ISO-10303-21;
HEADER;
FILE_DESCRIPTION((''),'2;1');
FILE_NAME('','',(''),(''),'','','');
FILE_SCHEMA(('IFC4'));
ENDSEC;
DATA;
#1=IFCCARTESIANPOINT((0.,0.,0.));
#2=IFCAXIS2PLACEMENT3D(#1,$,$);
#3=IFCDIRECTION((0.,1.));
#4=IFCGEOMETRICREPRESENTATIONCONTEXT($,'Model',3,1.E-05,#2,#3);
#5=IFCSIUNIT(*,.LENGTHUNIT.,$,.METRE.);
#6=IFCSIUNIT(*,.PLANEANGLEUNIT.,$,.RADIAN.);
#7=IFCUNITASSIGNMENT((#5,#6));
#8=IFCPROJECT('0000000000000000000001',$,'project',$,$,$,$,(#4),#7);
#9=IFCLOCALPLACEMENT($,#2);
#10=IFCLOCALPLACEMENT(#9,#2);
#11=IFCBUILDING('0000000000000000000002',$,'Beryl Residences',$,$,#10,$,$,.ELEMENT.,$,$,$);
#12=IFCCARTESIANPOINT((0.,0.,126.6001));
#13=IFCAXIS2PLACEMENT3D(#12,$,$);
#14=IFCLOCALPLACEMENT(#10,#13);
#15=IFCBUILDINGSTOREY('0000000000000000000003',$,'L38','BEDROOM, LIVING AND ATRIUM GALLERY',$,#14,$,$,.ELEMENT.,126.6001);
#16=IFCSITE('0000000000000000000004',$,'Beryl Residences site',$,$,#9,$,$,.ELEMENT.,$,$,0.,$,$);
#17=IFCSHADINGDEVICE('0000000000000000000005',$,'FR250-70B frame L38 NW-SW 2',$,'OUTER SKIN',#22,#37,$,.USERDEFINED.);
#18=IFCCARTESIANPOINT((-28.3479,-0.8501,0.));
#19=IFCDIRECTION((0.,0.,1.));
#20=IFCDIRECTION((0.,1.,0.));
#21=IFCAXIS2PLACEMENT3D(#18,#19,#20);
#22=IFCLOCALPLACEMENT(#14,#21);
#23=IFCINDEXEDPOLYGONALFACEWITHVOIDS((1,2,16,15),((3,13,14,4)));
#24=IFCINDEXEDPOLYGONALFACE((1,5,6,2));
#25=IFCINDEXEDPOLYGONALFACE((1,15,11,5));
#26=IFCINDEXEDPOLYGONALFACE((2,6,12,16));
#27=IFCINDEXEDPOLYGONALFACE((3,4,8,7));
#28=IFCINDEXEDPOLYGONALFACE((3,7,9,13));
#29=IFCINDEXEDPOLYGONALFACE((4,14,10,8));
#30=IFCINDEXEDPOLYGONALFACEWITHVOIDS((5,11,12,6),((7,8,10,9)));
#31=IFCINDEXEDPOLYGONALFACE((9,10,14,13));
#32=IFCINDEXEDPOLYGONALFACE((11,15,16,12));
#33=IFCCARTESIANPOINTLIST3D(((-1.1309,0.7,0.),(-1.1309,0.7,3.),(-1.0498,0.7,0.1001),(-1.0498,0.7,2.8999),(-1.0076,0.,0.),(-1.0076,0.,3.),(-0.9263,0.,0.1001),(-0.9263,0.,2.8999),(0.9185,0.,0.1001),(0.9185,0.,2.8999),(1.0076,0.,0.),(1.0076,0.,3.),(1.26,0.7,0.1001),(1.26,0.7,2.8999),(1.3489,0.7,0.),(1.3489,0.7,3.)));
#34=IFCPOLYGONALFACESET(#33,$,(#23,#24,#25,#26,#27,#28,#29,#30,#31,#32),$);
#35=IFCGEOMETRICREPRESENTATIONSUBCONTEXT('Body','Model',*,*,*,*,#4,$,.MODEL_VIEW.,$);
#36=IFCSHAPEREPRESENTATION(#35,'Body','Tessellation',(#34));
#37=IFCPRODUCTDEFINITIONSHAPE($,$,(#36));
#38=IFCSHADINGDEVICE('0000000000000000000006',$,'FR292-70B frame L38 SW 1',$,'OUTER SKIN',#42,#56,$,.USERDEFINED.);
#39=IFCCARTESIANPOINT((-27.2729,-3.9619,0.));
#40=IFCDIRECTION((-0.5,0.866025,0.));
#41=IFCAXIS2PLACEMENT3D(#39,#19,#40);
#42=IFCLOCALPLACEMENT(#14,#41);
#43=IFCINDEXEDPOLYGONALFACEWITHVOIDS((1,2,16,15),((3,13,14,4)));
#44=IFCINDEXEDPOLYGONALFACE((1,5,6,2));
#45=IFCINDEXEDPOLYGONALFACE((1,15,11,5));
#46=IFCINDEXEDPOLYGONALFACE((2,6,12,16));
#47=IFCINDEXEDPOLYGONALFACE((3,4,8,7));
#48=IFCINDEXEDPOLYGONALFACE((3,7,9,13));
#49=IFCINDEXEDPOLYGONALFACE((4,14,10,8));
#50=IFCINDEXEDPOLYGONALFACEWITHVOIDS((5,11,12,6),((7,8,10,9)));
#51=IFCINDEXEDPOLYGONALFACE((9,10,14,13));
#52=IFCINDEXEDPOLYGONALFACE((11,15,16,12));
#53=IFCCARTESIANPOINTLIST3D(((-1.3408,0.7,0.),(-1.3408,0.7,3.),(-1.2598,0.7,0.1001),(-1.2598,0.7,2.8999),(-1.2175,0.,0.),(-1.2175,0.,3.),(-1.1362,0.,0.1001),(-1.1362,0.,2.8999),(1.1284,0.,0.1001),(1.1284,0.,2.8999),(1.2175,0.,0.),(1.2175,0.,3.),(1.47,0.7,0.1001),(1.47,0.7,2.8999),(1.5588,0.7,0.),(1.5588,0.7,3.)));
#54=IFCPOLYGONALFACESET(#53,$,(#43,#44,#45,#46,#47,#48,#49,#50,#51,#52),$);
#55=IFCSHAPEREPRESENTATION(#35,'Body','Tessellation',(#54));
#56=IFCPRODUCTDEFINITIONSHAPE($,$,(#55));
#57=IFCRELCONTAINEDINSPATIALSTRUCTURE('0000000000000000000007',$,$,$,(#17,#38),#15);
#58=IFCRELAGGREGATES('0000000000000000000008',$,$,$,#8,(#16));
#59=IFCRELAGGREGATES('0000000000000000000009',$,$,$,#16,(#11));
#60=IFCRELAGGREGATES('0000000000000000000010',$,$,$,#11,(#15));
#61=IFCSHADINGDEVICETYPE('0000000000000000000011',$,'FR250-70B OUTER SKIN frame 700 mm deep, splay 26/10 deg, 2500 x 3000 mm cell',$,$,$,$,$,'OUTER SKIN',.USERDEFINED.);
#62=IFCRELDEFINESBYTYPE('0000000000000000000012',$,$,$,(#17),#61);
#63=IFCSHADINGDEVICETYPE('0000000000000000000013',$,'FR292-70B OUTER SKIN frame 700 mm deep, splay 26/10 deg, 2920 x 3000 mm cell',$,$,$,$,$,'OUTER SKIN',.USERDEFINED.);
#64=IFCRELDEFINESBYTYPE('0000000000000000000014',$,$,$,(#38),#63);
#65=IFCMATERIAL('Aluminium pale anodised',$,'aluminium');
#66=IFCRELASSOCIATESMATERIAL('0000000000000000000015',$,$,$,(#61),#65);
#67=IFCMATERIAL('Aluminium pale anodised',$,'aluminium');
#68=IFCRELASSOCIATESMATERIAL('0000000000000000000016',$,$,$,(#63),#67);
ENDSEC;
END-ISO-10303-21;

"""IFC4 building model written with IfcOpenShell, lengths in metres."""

from ifc_helpers import new_model, entity, si_unit, direction, frame, origin, place, context, subcontext, project, spatial, source, transform, mapped, material, type_object, type_shapes, element, save


model = new_model("IFC4")

# Units and contexts
model_context = context("Model", 3, precision=1e-05, world=origin(), true_north=direction((0.0, 1.0)))
body_context = subcontext(model_context, "Body", "Model", "MODEL_VIEW")
ifc_project = project(units=[si_unit("LENGTHUNIT", "METRE"), si_unit("PLANEANGLEUNIT", "RADIAN")], contexts=[model_context])

# Site, building, storey
site_placement = place(None, origin())
site = spatial("IfcSite", under=ifc_project, at=site_placement, Name="Beryl Residences site", CompositionType="ELEMENT", RefElevation=0.0)
building_placement = place(site_placement, origin())
building = spatial("IfcBuilding", under=site, at=building_placement, Name="Beryl Residences", CompositionType="ELEMENT")
storey_placement = place(building_placement, frame((0.0, 0.0, 126.6001)))
storey = spatial("IfcBuildingStorey", under=building, at=storey_placement, Name="L38", Description="BEDROOM, LIVING AND ATRIUM GALLERY", CompositionType="ELEMENT", Elevation=126.6001)

# Shading devices
ifc_material_1 = material(Name="Aluminium pale anodised", Category="aluminium")
shading_device_type_1 = type_object("IfcShadingDeviceType", Name="FR250-70B OUTER SKIN frame 700 mm deep, splay 26/10 deg, 2500 x 3000 mm cell", ElementType="OUTER SKIN", PredefinedType="USERDEFINED", material=ifc_material_1)
cartesian_point_1 = entity("IfcCartesianPoint", [-1.0076, 0.0])
cartesian_point_2 = entity("IfcCartesianPoint", [-0.9185, 0.1001])
cartesian_point_3 = entity("IfcCartesianPoint", [-1.3489, 0.0])
cartesian_point_4 = entity("IfcCartesianPoint", [-1.26, 0.1001])
shared_shape_1 = source(origin(), body_context, "Body", "SweptSolid", [
    entity("IfcExtrudedAreaSolidTapered", entity("IfcArbitraryProfileDefWithVoids", "AREA", None, entity("IfcPolyline", [cartesian_point_1, entity("IfcCartesianPoint", [1.0076, 0.0]), entity("IfcCartesianPoint", [1.0076, 3.0]), entity("IfcCartesianPoint", [-1.0076, 3.0]), cartesian_point_1]), [entity("IfcPolyline", [cartesian_point_2, entity("IfcCartesianPoint", [0.9263, 0.1001]), entity("IfcCartesianPoint", [0.9263, 2.8999]), entity("IfcCartesianPoint", [-0.9185, 2.8999]), cartesian_point_2])]), entity("IfcAxis2Placement3D", entity("IfcCartesianPoint", [0.0, 0.0, 0.0]), entity("IfcDirection", [0.0, 1.0, 0.0]), entity("IfcDirection", [-1.0, 0.0, 0.0])), entity("IfcDirection", [0.0, 0.0, 1.0]), 0.7, entity("IfcArbitraryProfileDefWithVoids", "AREA", None, entity("IfcPolyline", [cartesian_point_3, entity("IfcCartesianPoint", [1.1309, 0.0]), entity("IfcCartesianPoint", [1.1309, 3.0]), entity("IfcCartesianPoint", [-1.3489, 3.0]), cartesian_point_3]), [entity("IfcPolyline", [cartesian_point_4, entity("IfcCartesianPoint", [1.0498, 0.1001]), entity("IfcCartesianPoint", [1.0498, 2.8999]), entity("IfcCartesianPoint", [-1.26, 2.8999]), cartesian_point_4])])),
])
type_shapes(shading_device_type_1, [shared_shape_1])
shading_device_1_placement = place(storey_placement, frame((-28.3479, -0.8501, 0.0), z_axis=(0.0, 0.0, 1.0), x_axis=(0.0, 1.0, 0.0)))
element("IfcShadingDevice", 1, at=shading_device_1_placement, inside=storey, type_object=shading_device_type_1, Name="FR250-70B frame L38 NW-SW 2", ObjectType="OUTER SKIN", PredefinedType="USERDEFINED", context=body_context, shape_type="MappedRepresentation", body=[
    mapped(shared_shape_1, transform((0.0, 0.0, 0.0))),
])
ifc_material_2 = material(Name="Aluminium pale anodised", Category="aluminium")
shading_device_type_2 = type_object("IfcShadingDeviceType", Name="FR292-70B OUTER SKIN frame 700 mm deep, splay 26/10 deg, 2920 x 3000 mm cell", ElementType="OUTER SKIN", PredefinedType="USERDEFINED", material=ifc_material_2)
cartesian_point_5 = entity("IfcCartesianPoint", [-1.2175, 0.0])
cartesian_point_6 = entity("IfcCartesianPoint", [-1.1284, 0.1001])
cartesian_point_7 = entity("IfcCartesianPoint", [-1.5588, 0.0])
cartesian_point_8 = entity("IfcCartesianPoint", [-1.47, 0.1001])
shared_shape_2 = source(origin(), body_context, "Body", "SweptSolid", [
    entity("IfcExtrudedAreaSolidTapered", entity("IfcArbitraryProfileDefWithVoids", "AREA", None, entity("IfcPolyline", [cartesian_point_5, entity("IfcCartesianPoint", [1.2175, 0.0]), entity("IfcCartesianPoint", [1.2175, 3.0]), entity("IfcCartesianPoint", [-1.2175, 3.0]), cartesian_point_5]), [entity("IfcPolyline", [cartesian_point_6, entity("IfcCartesianPoint", [1.1362, 0.1001]), entity("IfcCartesianPoint", [1.1362, 2.8999]), entity("IfcCartesianPoint", [-1.1284, 2.8999]), cartesian_point_6])]), entity("IfcAxis2Placement3D", entity("IfcCartesianPoint", [0.0, 0.0, 0.0]), entity("IfcDirection", [0.0, 1.0, 0.0]), entity("IfcDirection", [-1.0, 0.0, 0.0])), entity("IfcDirection", [0.0, 0.0, 1.0]), 0.7, entity("IfcArbitraryProfileDefWithVoids", "AREA", None, entity("IfcPolyline", [cartesian_point_7, entity("IfcCartesianPoint", [1.3408, 0.0]), entity("IfcCartesianPoint", [1.3408, 3.0]), entity("IfcCartesianPoint", [-1.5588, 3.0]), cartesian_point_7]), [entity("IfcPolyline", [cartesian_point_8, entity("IfcCartesianPoint", [1.2598, 0.1001]), entity("IfcCartesianPoint", [1.2598, 2.8999]), entity("IfcCartesianPoint", [-1.47, 2.8999]), cartesian_point_8])])),
])
type_shapes(shading_device_type_2, [shared_shape_2])
shading_device_2_placement = place(storey_placement, frame((-27.2729, -3.9619, 0.0), z_axis=(0.0, 0.0, 1.0), x_axis=(-0.5, 0.866025, 0.0)))
element("IfcShadingDevice", 2, at=shading_device_2_placement, inside=storey, type_object=shading_device_type_2, Name="FR292-70B frame L38 SW 1", ObjectType="OUTER SKIN", PredefinedType="USERDEFINED", context=body_context, shape_type="MappedRepresentation", body=[
    mapped(shared_shape_2, transform((0.0, 0.0, 0.0))),
])

save(model, "model.ifc")
